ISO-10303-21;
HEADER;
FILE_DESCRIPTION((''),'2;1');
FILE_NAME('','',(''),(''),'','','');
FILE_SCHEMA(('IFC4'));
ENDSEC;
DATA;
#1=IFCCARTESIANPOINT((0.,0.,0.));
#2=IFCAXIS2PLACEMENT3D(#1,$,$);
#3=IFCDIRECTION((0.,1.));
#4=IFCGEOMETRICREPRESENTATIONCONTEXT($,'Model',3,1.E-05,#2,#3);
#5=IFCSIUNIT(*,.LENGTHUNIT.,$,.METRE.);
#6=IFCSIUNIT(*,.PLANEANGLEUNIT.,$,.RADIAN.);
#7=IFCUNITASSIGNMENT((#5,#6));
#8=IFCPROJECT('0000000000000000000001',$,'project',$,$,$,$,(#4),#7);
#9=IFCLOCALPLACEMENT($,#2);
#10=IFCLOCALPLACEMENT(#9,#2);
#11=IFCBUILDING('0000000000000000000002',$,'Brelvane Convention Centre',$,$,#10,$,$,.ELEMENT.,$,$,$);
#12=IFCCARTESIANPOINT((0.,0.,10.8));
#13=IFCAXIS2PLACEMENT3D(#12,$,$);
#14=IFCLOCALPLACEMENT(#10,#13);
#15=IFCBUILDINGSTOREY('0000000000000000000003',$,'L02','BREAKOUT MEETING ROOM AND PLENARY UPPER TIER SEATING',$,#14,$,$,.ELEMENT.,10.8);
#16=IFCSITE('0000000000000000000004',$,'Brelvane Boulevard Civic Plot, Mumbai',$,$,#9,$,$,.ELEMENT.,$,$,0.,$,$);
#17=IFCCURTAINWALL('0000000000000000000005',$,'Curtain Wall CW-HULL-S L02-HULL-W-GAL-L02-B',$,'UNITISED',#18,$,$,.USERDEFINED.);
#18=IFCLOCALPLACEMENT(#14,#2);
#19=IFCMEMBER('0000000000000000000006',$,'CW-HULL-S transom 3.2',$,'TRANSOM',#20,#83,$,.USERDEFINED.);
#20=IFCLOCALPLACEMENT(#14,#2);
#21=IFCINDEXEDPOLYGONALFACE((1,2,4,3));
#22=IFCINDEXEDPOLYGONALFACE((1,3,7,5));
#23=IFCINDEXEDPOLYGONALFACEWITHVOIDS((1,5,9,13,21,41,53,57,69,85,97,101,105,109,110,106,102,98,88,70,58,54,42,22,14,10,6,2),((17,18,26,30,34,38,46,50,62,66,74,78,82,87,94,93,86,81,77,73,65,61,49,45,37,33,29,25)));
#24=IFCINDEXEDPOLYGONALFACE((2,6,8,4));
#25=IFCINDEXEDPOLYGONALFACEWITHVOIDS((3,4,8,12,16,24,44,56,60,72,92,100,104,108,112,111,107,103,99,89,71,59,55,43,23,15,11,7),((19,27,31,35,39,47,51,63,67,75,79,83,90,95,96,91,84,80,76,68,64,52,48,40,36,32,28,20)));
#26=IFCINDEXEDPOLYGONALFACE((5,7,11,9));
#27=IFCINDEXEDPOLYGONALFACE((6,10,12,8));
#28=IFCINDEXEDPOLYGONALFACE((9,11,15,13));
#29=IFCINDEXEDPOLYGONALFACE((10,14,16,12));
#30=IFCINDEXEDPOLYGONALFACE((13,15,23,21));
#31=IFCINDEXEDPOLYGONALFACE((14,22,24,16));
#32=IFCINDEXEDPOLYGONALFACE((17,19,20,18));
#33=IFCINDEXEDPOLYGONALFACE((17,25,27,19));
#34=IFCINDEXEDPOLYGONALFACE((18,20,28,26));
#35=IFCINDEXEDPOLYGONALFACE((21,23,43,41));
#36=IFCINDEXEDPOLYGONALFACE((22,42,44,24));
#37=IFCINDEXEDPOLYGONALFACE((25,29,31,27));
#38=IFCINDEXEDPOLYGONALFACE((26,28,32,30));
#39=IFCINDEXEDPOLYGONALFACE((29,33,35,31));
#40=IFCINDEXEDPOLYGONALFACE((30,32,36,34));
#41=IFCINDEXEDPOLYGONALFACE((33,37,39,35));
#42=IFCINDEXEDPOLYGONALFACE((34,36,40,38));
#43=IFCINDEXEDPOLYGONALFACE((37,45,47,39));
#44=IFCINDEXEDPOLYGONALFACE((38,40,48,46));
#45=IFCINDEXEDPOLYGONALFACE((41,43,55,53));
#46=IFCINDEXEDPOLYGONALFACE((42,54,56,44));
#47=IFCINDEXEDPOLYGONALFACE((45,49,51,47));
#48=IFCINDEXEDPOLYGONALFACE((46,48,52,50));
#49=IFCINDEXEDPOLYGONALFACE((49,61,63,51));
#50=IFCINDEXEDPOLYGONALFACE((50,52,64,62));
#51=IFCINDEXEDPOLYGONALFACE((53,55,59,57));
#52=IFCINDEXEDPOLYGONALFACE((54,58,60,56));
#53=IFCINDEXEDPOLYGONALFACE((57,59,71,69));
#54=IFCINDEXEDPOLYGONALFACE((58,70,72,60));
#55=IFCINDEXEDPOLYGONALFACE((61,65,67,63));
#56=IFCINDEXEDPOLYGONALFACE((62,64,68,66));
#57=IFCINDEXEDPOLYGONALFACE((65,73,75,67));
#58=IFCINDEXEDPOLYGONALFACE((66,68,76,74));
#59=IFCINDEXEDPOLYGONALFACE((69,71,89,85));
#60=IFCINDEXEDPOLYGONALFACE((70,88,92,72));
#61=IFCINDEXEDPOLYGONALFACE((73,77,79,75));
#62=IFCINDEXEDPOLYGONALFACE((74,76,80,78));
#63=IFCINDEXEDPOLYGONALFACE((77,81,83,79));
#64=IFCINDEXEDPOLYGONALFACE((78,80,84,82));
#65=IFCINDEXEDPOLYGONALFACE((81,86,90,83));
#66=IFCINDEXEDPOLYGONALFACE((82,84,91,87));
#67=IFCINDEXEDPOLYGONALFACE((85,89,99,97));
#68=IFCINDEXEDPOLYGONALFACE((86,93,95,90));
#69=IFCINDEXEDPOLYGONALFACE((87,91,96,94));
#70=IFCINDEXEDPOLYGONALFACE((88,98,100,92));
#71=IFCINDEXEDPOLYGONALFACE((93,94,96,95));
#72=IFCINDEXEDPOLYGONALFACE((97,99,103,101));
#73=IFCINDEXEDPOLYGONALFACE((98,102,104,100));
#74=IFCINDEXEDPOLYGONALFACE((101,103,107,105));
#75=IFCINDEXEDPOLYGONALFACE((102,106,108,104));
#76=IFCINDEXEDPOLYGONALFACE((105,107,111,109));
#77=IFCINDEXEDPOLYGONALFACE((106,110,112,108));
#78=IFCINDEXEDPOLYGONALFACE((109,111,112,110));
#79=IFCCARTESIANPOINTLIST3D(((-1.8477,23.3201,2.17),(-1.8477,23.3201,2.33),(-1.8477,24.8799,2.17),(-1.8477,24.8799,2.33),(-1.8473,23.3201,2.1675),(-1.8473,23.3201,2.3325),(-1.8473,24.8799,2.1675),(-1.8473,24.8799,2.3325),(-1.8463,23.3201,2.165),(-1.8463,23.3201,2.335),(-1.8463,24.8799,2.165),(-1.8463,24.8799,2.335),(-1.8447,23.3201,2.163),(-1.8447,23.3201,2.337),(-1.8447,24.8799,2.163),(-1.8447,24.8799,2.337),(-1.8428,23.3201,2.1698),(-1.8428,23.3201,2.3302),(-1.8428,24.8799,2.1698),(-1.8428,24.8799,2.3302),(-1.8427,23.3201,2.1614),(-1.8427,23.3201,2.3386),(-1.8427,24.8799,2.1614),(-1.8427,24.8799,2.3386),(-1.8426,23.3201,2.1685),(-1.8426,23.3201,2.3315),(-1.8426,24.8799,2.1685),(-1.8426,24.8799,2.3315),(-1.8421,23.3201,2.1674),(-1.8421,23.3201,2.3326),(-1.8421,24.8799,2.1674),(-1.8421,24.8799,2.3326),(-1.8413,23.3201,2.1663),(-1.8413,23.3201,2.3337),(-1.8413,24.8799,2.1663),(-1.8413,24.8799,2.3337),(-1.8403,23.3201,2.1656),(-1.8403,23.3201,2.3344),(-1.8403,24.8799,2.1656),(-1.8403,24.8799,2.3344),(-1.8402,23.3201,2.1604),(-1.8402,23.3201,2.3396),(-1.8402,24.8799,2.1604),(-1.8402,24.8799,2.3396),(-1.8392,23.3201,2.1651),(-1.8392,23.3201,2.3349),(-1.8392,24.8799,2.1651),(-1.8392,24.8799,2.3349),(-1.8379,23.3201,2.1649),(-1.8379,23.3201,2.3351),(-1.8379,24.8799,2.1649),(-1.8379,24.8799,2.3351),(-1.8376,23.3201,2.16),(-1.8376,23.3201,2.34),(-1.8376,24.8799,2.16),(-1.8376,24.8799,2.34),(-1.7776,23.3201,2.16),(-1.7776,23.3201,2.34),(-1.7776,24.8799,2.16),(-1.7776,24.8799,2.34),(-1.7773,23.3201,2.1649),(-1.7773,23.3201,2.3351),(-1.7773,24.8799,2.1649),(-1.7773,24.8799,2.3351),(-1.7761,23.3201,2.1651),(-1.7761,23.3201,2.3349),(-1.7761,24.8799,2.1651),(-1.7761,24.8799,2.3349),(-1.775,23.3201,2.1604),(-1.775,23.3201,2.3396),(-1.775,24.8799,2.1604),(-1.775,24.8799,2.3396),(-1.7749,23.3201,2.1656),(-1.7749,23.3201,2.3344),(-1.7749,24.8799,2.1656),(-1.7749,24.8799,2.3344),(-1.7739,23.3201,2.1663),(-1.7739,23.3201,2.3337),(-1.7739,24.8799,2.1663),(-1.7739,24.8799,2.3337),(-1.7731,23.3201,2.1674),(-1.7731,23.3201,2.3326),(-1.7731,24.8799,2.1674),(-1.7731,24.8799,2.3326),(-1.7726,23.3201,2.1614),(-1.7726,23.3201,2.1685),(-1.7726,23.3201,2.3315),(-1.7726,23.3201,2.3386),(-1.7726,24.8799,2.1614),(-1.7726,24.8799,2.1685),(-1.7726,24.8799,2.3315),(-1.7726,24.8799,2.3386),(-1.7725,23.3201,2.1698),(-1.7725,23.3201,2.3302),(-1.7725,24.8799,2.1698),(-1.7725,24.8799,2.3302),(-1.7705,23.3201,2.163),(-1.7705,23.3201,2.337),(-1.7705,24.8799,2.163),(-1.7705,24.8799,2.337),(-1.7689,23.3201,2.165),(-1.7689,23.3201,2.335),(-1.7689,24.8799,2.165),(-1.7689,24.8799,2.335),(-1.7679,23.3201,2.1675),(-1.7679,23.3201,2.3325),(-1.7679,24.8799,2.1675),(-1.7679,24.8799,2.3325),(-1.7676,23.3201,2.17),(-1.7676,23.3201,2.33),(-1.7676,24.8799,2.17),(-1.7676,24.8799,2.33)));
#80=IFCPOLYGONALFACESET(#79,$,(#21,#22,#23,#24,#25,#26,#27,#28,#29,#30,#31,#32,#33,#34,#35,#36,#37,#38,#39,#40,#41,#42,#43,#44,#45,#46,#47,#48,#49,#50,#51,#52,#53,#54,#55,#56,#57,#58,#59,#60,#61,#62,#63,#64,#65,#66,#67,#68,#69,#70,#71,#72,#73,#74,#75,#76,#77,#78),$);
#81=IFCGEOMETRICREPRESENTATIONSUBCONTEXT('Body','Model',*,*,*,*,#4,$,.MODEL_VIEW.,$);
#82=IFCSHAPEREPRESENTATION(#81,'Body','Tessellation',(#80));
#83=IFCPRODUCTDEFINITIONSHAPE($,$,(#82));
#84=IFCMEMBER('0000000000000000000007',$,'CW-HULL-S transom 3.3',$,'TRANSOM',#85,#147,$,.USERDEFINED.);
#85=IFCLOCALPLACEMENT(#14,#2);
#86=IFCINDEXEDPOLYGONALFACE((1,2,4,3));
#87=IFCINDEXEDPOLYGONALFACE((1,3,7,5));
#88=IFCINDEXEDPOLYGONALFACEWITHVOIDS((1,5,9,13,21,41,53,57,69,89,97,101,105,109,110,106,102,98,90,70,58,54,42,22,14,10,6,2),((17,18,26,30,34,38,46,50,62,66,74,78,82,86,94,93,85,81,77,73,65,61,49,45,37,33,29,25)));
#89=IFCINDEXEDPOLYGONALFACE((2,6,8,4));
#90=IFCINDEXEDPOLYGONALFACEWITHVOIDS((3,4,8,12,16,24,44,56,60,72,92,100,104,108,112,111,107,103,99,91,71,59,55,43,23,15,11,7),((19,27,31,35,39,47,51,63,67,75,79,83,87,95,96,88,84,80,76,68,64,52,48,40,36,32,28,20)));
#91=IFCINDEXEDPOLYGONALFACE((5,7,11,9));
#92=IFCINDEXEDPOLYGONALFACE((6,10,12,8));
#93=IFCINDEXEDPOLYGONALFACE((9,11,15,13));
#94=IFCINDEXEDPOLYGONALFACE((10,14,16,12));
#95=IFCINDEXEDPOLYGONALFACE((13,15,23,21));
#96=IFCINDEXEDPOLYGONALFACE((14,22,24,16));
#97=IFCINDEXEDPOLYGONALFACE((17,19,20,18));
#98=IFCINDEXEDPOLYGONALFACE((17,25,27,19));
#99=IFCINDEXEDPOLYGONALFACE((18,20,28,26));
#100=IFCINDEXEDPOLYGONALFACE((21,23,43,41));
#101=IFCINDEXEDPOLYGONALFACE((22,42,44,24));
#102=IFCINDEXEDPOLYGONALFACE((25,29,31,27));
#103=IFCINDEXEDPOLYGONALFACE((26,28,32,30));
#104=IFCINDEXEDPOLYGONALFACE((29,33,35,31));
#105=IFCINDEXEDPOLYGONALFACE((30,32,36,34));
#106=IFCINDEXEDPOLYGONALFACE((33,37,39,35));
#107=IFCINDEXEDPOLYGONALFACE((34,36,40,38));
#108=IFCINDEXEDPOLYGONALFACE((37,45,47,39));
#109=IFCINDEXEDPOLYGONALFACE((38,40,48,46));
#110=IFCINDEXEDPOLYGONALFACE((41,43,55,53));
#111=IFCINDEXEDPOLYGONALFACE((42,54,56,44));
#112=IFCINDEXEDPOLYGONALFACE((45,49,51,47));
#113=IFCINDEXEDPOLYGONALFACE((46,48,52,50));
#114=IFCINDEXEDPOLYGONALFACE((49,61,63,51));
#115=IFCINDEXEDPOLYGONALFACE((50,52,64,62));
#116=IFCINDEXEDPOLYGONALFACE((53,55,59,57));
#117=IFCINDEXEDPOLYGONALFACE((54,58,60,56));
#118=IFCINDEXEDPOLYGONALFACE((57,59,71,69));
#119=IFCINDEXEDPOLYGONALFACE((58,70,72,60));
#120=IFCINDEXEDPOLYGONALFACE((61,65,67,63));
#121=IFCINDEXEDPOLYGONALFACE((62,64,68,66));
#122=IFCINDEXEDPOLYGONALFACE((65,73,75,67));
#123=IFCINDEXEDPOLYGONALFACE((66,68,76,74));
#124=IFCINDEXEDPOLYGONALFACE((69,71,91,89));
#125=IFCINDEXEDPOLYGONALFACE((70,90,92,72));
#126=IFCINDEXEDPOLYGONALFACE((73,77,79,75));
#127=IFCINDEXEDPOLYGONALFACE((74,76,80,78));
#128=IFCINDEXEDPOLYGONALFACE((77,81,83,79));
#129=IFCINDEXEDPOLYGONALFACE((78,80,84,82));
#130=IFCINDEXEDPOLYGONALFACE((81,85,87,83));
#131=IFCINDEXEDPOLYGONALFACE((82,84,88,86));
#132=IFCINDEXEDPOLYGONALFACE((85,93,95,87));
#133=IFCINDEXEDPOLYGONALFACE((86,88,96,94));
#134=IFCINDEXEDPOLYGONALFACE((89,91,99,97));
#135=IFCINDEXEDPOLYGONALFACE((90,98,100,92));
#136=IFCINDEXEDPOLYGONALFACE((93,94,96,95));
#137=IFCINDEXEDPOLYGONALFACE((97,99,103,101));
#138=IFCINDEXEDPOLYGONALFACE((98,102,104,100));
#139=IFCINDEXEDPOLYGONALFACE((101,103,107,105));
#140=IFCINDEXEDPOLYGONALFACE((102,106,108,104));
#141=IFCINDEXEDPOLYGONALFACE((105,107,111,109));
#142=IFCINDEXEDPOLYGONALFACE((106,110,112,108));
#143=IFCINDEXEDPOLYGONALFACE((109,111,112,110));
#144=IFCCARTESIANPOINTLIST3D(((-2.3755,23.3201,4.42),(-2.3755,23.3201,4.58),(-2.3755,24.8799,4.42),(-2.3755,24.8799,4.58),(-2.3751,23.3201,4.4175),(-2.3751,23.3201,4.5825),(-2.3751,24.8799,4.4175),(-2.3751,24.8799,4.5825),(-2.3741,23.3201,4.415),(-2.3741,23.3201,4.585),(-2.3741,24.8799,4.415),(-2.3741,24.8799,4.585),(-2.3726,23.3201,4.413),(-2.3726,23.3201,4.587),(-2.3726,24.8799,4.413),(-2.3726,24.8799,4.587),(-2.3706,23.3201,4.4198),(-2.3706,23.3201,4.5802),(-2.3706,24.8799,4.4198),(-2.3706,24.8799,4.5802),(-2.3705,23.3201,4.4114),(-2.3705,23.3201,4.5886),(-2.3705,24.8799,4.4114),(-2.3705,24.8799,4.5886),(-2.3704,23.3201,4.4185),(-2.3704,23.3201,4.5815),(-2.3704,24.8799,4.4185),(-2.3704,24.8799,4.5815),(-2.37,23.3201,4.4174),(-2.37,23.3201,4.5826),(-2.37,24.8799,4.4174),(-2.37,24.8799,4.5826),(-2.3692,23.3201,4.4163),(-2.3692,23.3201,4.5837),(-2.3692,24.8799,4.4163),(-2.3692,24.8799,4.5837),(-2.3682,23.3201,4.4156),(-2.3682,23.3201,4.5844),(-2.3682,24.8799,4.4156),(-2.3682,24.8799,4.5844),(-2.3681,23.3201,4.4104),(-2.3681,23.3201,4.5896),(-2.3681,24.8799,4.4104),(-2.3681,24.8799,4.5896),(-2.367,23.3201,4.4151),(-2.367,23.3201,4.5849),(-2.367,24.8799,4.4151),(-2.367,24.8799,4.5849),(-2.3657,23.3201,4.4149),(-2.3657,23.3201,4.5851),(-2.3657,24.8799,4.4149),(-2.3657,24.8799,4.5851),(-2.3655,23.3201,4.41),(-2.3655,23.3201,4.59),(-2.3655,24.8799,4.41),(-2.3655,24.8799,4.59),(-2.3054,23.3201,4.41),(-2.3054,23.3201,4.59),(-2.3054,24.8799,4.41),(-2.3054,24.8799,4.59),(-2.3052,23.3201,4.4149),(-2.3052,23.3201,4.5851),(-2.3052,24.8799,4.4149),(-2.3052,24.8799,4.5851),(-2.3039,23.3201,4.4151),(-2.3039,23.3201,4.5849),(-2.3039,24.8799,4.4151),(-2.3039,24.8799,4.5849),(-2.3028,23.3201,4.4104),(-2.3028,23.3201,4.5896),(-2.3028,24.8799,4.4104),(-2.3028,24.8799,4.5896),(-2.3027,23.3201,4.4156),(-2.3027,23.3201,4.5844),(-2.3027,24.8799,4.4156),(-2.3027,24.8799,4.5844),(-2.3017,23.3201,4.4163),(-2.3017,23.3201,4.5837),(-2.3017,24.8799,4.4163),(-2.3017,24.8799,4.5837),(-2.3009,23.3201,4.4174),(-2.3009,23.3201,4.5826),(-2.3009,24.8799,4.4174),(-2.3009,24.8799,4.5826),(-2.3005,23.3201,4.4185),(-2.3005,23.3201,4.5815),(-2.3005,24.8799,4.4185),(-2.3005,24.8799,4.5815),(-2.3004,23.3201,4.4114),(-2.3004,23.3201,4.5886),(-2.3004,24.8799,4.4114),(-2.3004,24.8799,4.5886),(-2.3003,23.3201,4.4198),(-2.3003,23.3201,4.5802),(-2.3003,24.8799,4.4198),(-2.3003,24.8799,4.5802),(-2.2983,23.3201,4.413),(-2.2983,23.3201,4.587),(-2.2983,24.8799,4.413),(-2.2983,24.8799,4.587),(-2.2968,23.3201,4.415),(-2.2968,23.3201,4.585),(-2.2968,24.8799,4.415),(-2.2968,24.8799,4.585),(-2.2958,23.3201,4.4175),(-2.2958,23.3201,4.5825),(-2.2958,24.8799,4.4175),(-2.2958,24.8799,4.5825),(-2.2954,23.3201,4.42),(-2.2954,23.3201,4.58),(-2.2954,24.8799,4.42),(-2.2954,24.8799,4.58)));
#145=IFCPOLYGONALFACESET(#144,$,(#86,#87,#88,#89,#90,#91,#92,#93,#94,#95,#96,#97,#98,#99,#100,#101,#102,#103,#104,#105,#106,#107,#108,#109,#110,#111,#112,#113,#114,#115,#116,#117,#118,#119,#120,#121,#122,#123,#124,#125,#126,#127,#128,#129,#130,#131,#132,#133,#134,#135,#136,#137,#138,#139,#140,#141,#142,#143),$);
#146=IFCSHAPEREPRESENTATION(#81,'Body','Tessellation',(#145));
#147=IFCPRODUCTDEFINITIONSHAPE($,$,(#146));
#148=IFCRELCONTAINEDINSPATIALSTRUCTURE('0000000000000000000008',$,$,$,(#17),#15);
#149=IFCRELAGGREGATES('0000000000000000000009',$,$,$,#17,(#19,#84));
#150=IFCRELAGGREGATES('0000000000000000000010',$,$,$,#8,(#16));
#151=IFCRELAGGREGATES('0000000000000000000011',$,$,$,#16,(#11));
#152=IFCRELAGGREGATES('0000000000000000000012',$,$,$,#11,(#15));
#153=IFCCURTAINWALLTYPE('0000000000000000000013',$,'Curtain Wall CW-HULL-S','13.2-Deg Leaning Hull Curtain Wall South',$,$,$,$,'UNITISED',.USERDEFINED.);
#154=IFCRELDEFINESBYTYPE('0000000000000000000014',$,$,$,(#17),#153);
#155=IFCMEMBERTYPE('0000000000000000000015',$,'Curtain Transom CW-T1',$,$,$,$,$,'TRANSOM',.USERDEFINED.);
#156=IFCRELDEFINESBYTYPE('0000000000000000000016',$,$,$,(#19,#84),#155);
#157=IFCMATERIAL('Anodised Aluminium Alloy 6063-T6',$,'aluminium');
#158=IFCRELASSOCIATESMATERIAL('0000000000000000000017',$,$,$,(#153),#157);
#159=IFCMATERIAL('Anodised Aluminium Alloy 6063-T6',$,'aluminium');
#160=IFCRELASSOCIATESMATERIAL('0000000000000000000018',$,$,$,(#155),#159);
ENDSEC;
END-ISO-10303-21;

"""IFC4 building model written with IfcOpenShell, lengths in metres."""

from ifc_helpers import new_model, si_unit, direction, frame, origin, origin_2d, place, context, subcontext, project, spatial, hollow_rectangle, extrude, material, material_profile, profile_set, type_object, element, aggregate, save


model = new_model("IFC4")

# Units and contexts
model_context = context("Model", 3, precision=1e-05, world=origin(), true_north=direction((0.0, 1.0)))
body_context = subcontext(model_context, "Body", "Model", "MODEL_VIEW")
ifc_project = project(units=[si_unit("LENGTHUNIT", "METRE"), si_unit("PLANEANGLEUNIT", "RADIAN")], contexts=[model_context])

# Site, building, storey
site_placement = place(None, origin())
site = spatial("IfcSite", under=ifc_project, at=site_placement, Name="Brelvane Boulevard Civic Plot, Mumbai", CompositionType="ELEMENT", RefElevation=0.0)
building_placement = place(site_placement, origin())
building = spatial("IfcBuilding", under=site, at=building_placement, Name="Brelvane Convention Centre", CompositionType="ELEMENT")
storey_placement = place(building_placement, frame((0.0, 0.0, 10.8)))
storey = spatial("IfcBuildingStorey", under=building, at=storey_placement, Name="L02", Description="BREAKOUT MEETING ROOM AND PLENARY UPPER TIER SEATING", CompositionType="ELEMENT", Elevation=10.8)

# Curtain wall, members
ifc_material_1 = material(Name="Anodised Aluminium Alloy 6063-T6", Category="aluminium")
curtain_wall_type = type_object("IfcCurtainWallType", Name="Curtain Wall CW-HULL-S", Description="13.2-Deg Leaning Hull Curtain Wall South", ElementType="UNITISED", PredefinedType="USERDEFINED", material=ifc_material_1)
curtain_wall_placement = place(storey_placement, origin())
curtain_wall = element("IfcCurtainWall", 1, at=curtain_wall_placement, inside=storey, type_object=curtain_wall_type, Name="Curtain Wall CW-HULL-S L02-HULL-W-GAL-L02-B", ObjectType="UNITISED", PredefinedType="USERDEFINED")
ifc_material_2 = material(Name="Anodised Aluminium Alloy 6063-T6", Category="aluminium")
ifc_material_profile = material_profile(ifc_material_2, hollow_rectangle(XDim=0.0801, YDim=0.1799, WallThickness=0.0049, InnerFilletRadius=0.0049, OuterFilletRadius=0.01, at=origin_2d()), Name="ALU-T 180x80x5.0")
ifc_profile_set = profile_set([ifc_material_profile], Name="Anodised Aluminium Alloy 6063-T6")
member_type = type_object("IfcMemberType", Name="Curtain Transom CW-T1", ElementType="TRANSOM", PredefinedType="USERDEFINED", material=ifc_profile_set)
member_1_placement = place(storey_placement, frame((-1.8076, 23.3201, 2.25), z_axis=(0.0, 1.0, 0.0), x_axis=(-1.0, 0.0, 0.0)))
member_1 = element("IfcMember", 2, at=member_1_placement, type_object=member_type, Name="CW-HULL-S transom 3.2", ObjectType="TRANSOM", PredefinedType="USERDEFINED", context=body_context, shape_type="SweptSolid", body=[
    extrude(hollow_rectangle(XDim=0.0801, YDim=0.1799, WallThickness=0.0049, InnerFilletRadius=0.0049, OuterFilletRadius=0.01, at=origin_2d()), origin(), (0.0, 0.0, 1.0), 1.5598),
])
member_2_placement = place(storey_placement, frame((-2.3354, 23.3201, 4.5), z_axis=(0.0, 1.0, 0.0), x_axis=(-1.0, 0.0, 0.0)))
member_2 = element("IfcMember", 3, at=member_2_placement, type_object=member_type, Name="CW-HULL-S transom 3.3", ObjectType="TRANSOM", PredefinedType="USERDEFINED", context=body_context, shape_type="SweptSolid", body=[
    extrude(hollow_rectangle(XDim=0.0801, YDim=0.1799, WallThickness=0.0049, InnerFilletRadius=0.0049, OuterFilletRadius=0.01, at=origin_2d()), origin(), (0.0, 0.0, 1.0), 1.5598),
])
aggregate(curtain_wall, [member_1, member_2])

save(model, "model.ifc")
